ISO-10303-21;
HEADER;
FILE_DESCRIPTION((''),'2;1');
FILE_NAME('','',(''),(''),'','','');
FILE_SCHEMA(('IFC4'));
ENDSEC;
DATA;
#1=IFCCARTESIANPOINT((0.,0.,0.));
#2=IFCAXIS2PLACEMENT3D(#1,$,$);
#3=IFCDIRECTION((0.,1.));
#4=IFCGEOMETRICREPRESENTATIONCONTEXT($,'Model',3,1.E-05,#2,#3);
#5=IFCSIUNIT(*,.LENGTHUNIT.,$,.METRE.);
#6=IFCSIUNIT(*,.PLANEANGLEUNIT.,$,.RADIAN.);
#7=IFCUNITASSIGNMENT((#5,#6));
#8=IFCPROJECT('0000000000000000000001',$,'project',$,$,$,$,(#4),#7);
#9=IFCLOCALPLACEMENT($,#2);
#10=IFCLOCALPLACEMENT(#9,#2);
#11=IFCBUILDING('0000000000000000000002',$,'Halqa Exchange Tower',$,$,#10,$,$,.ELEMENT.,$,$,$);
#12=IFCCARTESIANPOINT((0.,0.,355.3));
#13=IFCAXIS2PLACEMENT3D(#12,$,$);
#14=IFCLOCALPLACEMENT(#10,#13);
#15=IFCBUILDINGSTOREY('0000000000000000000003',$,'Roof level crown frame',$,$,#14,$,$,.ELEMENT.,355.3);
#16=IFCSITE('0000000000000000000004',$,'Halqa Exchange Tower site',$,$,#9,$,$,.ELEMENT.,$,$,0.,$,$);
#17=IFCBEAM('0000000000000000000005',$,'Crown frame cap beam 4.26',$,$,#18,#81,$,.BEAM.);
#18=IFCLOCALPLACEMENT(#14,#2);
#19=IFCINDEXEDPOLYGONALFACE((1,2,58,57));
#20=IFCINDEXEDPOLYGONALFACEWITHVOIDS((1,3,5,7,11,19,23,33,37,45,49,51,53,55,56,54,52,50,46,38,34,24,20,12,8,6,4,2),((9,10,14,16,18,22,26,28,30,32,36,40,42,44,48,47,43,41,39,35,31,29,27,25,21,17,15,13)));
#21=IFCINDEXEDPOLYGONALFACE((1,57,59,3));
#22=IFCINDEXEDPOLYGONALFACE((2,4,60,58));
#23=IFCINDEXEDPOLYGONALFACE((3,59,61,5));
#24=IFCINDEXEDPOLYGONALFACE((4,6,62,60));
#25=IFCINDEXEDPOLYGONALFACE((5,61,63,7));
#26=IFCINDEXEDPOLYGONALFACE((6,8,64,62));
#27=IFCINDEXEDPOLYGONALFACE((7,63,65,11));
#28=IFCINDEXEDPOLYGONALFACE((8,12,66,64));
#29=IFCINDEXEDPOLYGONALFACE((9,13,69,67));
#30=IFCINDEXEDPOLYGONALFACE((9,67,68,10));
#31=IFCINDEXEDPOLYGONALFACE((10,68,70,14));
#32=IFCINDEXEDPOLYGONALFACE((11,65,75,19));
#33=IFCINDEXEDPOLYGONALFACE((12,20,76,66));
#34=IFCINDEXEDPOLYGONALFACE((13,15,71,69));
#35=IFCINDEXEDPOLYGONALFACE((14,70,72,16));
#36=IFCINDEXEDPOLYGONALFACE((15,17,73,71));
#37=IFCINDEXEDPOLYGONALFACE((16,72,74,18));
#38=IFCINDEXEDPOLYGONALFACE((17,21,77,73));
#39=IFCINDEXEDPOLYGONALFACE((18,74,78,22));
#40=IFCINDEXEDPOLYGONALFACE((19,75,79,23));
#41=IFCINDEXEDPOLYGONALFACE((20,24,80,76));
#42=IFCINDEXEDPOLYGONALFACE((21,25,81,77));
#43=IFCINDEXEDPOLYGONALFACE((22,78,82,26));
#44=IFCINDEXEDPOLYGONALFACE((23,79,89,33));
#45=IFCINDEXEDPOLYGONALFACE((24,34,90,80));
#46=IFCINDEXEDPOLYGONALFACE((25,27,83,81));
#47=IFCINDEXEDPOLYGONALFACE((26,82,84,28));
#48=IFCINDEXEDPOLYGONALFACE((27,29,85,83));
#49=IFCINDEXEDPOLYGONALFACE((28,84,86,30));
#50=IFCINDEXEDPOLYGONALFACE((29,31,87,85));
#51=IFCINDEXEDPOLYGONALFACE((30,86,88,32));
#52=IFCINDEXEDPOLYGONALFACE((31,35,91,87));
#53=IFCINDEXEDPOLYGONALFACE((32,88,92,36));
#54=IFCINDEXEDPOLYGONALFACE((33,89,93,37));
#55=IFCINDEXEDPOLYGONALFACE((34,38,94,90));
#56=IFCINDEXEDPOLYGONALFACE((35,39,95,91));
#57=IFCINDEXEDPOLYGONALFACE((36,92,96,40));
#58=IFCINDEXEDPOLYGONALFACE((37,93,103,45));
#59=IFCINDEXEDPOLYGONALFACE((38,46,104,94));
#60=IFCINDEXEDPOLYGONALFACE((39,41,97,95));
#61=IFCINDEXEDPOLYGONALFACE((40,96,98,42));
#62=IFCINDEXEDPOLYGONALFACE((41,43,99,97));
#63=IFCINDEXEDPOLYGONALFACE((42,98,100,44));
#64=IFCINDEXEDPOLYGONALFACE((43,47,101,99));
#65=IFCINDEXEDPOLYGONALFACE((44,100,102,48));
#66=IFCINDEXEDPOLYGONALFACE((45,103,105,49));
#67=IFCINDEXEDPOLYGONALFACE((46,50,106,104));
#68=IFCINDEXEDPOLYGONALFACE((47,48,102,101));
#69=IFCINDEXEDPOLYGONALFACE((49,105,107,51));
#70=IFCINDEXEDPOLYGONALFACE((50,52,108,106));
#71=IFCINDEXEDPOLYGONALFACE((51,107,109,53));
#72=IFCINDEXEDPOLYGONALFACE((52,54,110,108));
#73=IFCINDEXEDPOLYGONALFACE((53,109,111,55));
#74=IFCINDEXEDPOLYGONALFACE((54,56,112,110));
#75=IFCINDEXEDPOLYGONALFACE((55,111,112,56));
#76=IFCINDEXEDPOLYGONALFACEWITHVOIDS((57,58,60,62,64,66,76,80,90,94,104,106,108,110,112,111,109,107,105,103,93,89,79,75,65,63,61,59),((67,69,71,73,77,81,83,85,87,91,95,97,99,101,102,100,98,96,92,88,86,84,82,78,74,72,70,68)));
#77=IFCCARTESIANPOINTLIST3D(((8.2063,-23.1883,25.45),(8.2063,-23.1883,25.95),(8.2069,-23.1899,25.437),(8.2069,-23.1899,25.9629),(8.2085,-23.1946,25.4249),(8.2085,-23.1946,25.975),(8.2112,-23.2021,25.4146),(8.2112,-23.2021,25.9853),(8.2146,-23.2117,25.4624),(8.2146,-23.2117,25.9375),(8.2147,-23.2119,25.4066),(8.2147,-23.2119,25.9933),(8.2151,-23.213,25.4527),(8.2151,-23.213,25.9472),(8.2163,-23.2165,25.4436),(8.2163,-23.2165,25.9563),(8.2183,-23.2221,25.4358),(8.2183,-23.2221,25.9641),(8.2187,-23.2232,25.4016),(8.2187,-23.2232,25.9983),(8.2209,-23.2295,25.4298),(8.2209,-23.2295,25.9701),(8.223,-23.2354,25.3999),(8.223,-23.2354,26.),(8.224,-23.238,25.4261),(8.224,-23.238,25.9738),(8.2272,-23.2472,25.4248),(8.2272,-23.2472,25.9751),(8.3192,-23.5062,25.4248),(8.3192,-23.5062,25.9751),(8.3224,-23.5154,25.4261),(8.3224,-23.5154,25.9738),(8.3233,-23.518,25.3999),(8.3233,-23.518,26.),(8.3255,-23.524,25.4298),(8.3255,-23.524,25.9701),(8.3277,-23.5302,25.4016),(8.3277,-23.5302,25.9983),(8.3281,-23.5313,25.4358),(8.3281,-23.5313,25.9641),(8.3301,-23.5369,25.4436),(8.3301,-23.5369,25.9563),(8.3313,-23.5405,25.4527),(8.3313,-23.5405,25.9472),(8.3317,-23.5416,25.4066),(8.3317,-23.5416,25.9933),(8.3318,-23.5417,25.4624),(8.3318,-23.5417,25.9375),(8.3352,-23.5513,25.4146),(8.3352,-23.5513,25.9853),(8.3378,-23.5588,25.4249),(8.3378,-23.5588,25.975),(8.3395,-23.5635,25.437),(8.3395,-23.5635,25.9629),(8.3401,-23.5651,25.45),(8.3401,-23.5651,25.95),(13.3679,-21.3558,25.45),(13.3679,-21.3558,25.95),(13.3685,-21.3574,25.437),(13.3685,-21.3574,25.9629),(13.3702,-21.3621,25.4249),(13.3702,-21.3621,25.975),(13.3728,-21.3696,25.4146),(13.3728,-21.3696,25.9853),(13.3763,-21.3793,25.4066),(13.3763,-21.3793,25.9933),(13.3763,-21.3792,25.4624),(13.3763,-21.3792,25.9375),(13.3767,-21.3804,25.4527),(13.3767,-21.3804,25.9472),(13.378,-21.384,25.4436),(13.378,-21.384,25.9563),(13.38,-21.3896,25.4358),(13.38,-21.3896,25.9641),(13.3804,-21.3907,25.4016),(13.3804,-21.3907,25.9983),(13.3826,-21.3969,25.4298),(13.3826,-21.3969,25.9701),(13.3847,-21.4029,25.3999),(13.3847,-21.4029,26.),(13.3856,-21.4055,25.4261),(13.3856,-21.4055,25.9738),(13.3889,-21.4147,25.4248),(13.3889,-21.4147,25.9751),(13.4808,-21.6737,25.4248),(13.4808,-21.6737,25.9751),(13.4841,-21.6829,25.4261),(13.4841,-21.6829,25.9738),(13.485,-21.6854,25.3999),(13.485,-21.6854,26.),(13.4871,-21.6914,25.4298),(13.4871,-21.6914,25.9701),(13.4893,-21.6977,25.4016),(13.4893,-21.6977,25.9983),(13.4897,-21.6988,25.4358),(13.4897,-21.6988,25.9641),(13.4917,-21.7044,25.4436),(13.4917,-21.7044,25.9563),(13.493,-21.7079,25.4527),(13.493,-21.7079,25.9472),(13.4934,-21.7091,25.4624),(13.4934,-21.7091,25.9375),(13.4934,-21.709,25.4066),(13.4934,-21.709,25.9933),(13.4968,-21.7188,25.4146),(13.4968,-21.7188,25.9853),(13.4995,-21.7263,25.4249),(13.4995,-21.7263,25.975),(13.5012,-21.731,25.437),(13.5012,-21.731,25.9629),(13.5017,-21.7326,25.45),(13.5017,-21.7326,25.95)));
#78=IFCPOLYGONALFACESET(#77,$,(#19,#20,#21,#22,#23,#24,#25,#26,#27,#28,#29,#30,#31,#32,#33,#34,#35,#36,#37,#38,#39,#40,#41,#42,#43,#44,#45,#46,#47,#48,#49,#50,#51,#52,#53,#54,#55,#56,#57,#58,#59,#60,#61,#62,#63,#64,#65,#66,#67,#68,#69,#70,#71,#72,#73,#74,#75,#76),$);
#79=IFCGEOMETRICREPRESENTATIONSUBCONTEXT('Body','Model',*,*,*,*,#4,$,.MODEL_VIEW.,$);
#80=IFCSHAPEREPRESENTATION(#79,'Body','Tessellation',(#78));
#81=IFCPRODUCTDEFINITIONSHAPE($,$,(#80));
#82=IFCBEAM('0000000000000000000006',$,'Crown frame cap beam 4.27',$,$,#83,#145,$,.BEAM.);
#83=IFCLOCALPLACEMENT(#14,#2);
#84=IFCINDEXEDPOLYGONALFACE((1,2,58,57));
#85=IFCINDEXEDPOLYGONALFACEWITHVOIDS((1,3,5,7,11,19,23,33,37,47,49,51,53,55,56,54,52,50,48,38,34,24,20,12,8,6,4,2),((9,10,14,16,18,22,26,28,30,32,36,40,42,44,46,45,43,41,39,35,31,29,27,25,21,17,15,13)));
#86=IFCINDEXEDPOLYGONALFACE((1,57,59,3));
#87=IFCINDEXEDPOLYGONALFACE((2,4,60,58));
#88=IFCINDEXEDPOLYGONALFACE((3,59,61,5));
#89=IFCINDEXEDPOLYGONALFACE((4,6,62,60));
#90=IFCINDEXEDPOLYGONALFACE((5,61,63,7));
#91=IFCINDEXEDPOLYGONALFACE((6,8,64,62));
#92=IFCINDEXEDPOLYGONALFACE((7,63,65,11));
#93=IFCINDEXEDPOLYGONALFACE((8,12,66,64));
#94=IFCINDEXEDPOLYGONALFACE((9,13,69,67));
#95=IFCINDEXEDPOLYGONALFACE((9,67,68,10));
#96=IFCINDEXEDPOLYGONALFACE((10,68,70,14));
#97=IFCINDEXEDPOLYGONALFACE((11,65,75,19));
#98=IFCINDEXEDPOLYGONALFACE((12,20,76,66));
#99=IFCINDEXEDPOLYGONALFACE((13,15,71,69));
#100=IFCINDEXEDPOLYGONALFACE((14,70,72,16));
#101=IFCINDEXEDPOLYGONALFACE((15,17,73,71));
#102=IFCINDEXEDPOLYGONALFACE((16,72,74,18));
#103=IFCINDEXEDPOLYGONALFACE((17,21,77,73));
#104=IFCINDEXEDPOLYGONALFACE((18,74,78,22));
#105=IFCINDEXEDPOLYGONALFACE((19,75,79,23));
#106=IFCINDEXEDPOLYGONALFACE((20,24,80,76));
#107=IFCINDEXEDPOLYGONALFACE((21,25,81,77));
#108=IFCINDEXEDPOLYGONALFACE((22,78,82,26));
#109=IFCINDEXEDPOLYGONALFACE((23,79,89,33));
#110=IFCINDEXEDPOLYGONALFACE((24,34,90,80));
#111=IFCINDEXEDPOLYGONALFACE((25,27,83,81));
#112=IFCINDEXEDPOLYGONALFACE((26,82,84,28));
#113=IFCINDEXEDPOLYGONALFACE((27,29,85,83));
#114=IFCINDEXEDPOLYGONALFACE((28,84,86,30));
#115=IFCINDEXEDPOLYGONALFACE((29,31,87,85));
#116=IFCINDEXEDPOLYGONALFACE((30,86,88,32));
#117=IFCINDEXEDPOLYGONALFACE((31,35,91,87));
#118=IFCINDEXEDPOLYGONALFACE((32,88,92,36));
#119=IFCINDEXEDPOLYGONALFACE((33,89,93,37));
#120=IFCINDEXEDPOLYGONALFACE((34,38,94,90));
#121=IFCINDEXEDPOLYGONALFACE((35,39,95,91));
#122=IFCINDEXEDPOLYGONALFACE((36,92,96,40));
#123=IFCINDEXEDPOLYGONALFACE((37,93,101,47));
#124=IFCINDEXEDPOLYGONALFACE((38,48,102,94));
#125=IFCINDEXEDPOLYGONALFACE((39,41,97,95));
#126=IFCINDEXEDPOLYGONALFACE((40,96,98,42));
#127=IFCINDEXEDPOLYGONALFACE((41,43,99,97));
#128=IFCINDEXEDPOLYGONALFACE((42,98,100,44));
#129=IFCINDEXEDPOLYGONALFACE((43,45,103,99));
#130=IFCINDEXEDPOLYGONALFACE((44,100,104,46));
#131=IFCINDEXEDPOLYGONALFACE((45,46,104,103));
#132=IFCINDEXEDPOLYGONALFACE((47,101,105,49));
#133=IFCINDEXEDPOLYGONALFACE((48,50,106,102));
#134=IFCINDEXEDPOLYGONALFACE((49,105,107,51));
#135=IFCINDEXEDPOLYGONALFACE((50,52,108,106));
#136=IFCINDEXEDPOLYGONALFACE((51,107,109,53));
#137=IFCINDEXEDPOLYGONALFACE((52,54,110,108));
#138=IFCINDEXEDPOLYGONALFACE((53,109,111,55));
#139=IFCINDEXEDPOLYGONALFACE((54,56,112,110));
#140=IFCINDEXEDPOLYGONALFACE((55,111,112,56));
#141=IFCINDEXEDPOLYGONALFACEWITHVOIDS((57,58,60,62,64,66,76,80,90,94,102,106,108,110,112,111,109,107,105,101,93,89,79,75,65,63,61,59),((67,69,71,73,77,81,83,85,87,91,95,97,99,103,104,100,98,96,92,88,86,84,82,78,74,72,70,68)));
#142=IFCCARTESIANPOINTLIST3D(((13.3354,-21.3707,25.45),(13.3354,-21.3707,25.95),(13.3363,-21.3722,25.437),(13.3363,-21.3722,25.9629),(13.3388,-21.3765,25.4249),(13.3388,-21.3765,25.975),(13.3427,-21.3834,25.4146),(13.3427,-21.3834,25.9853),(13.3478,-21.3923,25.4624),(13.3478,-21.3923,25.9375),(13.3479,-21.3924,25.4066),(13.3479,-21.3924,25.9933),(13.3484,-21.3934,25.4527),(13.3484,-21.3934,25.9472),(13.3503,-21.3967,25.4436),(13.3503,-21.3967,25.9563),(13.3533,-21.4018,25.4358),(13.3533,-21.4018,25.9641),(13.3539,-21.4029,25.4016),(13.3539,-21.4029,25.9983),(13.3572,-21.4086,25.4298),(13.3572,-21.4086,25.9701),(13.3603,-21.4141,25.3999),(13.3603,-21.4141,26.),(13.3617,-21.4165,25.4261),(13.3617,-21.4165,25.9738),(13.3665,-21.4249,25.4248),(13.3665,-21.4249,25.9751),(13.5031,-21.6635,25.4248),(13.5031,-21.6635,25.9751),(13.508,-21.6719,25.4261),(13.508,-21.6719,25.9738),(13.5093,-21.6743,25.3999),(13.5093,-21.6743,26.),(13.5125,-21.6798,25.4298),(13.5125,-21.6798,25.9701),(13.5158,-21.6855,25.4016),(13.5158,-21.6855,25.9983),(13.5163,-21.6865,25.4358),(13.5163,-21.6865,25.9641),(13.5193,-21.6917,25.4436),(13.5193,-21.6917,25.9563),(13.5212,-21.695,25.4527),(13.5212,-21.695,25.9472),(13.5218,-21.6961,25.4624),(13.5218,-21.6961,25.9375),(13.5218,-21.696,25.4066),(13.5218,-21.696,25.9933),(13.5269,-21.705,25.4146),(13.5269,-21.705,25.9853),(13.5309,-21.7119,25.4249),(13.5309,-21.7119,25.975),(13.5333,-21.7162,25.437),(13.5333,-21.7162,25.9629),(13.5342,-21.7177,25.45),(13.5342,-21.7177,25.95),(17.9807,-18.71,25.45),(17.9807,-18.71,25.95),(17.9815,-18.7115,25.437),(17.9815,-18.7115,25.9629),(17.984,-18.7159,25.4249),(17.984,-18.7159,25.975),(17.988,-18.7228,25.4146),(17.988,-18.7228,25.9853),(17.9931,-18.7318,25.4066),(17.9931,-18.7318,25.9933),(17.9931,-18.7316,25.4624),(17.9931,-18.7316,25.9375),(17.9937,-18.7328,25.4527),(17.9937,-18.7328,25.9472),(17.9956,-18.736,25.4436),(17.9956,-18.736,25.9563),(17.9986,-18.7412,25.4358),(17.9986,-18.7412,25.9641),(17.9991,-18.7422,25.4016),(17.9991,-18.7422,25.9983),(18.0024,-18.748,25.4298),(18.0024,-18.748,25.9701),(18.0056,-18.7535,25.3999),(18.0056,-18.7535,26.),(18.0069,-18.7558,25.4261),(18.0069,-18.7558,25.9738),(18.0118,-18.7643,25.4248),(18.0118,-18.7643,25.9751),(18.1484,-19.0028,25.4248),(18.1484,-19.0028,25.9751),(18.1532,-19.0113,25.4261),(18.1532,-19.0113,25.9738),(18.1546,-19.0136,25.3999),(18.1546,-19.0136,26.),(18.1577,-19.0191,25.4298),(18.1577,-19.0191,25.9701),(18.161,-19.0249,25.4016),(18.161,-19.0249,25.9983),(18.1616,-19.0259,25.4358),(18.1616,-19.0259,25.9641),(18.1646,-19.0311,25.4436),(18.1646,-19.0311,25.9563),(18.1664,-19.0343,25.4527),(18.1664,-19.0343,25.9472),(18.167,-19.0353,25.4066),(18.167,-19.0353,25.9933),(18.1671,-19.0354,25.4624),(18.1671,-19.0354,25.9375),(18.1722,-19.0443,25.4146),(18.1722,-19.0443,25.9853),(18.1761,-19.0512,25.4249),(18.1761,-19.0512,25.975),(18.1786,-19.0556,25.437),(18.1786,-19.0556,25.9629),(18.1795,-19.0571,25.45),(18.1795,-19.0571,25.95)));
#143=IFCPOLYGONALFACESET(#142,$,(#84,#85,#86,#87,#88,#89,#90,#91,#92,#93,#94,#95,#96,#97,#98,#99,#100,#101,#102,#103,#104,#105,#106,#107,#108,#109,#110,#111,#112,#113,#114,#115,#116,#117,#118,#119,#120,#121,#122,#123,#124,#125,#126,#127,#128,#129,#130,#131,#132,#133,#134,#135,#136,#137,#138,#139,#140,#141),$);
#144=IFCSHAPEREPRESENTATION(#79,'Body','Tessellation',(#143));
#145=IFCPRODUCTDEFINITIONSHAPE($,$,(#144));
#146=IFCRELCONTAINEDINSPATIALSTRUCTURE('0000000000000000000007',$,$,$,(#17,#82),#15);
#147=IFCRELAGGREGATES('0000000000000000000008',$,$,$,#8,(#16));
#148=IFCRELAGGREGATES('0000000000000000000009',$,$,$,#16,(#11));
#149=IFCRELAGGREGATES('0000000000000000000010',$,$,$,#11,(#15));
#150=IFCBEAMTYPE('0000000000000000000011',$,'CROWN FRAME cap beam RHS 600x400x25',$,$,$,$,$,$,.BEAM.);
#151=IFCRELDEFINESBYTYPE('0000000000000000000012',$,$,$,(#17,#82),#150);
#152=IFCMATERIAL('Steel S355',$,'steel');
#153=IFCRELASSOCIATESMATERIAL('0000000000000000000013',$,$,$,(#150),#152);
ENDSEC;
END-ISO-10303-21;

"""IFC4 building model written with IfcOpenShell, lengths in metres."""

from ifc_helpers import new_model, si_unit, direction, frame, origin, origin_2d, place, context, subcontext, project, spatial, hollow_rectangle, extrude, material, material_profile, profile_set, type_object, element, save


model = new_model("IFC4")

# Units and contexts
model_context = context("Model", 3, precision=1e-05, world=origin(), true_north=direction((0.0, 1.0)))
body_context = subcontext(model_context, "Body", "Model", "MODEL_VIEW")
ifc_project = project(units=[si_unit("LENGTHUNIT", "METRE"), si_unit("PLANEANGLEUNIT", "RADIAN")], contexts=[model_context])

# Site, building, storey
site_placement = place(None, origin())
site = spatial("IfcSite", under=ifc_project, at=site_placement, Name="Halqa Exchange Tower site", CompositionType="ELEMENT", RefElevation=0.0)
building_placement = place(site_placement, origin())
building = spatial("IfcBuilding", under=site, at=building_placement, Name="Halqa Exchange Tower", CompositionType="ELEMENT")
storey_placement = place(building_placement, frame((0.0, 0.0, 355.3)))
storey = spatial("IfcBuildingStorey", under=building, at=storey_placement, Name="Roof level crown frame", CompositionType="ELEMENT", Elevation=355.3)

# Shared definitions
ifc_material_1 = material(Name="Steel S355", Category="steel")

# Beams
ifc_material_profile_1 = material_profile(ifc_material_1, hollow_rectangle(XDim=0.3999, YDim=0.6001, WallThickness=0.0249, InnerFilletRadius=0.0376, OuterFilletRadius=0.05, at=origin_2d()), Name="RHS 600x400x25")
ifc_profile_set_1 = profile_set([ifc_material_profile_1], Name="Steel S355")
beam_type_1 = type_object("IfcBeamType", Name="CROWN FRAME cap beam RHS 600x400x25", PredefinedType="BEAM", material=ifc_profile_set_1)
beam_1_placement = place(storey_placement, frame((8.2732, -23.3767, 25.7), z_axis=(0.942372, 0.334568, 0.0), x_axis=(-0.334568, 0.942372, 0.0)))
element("IfcBeam", 1, at=beam_1_placement, inside=storey, type_object=beam_type_1, Name="Crown frame cap beam 4.26", PredefinedType="BEAM", context=body_context, shape_type="SweptSolid", body=[
    extrude(hollow_rectangle(XDim=0.3999, YDim=0.6001, WallThickness=0.0249, InnerFilletRadius=0.0376, OuterFilletRadius=0.05, at=origin_2d()), origin(), (0.0, 0.0, 1.0), 5.4773),
])
beam_2_placement = place(storey_placement, frame((13.4348, -21.5442, 25.7), z_axis=(0.867743, 0.497013, 0.0), x_axis=(-0.497013, 0.867743, 0.0)))
element("IfcBeam", 2, at=beam_2_placement, inside=storey, type_object=beam_type_1, Name="Crown frame cap beam 4.27", PredefinedType="BEAM", context=body_context, shape_type="SweptSolid", body=[
    extrude(hollow_rectangle(XDim=0.3999, YDim=0.6001, WallThickness=0.0249, InnerFilletRadius=0.0376, OuterFilletRadius=0.05, at=origin_2d()), origin(), (0.0, 0.0, 1.0), 5.3533),
])

save(model, "model.ifc")
